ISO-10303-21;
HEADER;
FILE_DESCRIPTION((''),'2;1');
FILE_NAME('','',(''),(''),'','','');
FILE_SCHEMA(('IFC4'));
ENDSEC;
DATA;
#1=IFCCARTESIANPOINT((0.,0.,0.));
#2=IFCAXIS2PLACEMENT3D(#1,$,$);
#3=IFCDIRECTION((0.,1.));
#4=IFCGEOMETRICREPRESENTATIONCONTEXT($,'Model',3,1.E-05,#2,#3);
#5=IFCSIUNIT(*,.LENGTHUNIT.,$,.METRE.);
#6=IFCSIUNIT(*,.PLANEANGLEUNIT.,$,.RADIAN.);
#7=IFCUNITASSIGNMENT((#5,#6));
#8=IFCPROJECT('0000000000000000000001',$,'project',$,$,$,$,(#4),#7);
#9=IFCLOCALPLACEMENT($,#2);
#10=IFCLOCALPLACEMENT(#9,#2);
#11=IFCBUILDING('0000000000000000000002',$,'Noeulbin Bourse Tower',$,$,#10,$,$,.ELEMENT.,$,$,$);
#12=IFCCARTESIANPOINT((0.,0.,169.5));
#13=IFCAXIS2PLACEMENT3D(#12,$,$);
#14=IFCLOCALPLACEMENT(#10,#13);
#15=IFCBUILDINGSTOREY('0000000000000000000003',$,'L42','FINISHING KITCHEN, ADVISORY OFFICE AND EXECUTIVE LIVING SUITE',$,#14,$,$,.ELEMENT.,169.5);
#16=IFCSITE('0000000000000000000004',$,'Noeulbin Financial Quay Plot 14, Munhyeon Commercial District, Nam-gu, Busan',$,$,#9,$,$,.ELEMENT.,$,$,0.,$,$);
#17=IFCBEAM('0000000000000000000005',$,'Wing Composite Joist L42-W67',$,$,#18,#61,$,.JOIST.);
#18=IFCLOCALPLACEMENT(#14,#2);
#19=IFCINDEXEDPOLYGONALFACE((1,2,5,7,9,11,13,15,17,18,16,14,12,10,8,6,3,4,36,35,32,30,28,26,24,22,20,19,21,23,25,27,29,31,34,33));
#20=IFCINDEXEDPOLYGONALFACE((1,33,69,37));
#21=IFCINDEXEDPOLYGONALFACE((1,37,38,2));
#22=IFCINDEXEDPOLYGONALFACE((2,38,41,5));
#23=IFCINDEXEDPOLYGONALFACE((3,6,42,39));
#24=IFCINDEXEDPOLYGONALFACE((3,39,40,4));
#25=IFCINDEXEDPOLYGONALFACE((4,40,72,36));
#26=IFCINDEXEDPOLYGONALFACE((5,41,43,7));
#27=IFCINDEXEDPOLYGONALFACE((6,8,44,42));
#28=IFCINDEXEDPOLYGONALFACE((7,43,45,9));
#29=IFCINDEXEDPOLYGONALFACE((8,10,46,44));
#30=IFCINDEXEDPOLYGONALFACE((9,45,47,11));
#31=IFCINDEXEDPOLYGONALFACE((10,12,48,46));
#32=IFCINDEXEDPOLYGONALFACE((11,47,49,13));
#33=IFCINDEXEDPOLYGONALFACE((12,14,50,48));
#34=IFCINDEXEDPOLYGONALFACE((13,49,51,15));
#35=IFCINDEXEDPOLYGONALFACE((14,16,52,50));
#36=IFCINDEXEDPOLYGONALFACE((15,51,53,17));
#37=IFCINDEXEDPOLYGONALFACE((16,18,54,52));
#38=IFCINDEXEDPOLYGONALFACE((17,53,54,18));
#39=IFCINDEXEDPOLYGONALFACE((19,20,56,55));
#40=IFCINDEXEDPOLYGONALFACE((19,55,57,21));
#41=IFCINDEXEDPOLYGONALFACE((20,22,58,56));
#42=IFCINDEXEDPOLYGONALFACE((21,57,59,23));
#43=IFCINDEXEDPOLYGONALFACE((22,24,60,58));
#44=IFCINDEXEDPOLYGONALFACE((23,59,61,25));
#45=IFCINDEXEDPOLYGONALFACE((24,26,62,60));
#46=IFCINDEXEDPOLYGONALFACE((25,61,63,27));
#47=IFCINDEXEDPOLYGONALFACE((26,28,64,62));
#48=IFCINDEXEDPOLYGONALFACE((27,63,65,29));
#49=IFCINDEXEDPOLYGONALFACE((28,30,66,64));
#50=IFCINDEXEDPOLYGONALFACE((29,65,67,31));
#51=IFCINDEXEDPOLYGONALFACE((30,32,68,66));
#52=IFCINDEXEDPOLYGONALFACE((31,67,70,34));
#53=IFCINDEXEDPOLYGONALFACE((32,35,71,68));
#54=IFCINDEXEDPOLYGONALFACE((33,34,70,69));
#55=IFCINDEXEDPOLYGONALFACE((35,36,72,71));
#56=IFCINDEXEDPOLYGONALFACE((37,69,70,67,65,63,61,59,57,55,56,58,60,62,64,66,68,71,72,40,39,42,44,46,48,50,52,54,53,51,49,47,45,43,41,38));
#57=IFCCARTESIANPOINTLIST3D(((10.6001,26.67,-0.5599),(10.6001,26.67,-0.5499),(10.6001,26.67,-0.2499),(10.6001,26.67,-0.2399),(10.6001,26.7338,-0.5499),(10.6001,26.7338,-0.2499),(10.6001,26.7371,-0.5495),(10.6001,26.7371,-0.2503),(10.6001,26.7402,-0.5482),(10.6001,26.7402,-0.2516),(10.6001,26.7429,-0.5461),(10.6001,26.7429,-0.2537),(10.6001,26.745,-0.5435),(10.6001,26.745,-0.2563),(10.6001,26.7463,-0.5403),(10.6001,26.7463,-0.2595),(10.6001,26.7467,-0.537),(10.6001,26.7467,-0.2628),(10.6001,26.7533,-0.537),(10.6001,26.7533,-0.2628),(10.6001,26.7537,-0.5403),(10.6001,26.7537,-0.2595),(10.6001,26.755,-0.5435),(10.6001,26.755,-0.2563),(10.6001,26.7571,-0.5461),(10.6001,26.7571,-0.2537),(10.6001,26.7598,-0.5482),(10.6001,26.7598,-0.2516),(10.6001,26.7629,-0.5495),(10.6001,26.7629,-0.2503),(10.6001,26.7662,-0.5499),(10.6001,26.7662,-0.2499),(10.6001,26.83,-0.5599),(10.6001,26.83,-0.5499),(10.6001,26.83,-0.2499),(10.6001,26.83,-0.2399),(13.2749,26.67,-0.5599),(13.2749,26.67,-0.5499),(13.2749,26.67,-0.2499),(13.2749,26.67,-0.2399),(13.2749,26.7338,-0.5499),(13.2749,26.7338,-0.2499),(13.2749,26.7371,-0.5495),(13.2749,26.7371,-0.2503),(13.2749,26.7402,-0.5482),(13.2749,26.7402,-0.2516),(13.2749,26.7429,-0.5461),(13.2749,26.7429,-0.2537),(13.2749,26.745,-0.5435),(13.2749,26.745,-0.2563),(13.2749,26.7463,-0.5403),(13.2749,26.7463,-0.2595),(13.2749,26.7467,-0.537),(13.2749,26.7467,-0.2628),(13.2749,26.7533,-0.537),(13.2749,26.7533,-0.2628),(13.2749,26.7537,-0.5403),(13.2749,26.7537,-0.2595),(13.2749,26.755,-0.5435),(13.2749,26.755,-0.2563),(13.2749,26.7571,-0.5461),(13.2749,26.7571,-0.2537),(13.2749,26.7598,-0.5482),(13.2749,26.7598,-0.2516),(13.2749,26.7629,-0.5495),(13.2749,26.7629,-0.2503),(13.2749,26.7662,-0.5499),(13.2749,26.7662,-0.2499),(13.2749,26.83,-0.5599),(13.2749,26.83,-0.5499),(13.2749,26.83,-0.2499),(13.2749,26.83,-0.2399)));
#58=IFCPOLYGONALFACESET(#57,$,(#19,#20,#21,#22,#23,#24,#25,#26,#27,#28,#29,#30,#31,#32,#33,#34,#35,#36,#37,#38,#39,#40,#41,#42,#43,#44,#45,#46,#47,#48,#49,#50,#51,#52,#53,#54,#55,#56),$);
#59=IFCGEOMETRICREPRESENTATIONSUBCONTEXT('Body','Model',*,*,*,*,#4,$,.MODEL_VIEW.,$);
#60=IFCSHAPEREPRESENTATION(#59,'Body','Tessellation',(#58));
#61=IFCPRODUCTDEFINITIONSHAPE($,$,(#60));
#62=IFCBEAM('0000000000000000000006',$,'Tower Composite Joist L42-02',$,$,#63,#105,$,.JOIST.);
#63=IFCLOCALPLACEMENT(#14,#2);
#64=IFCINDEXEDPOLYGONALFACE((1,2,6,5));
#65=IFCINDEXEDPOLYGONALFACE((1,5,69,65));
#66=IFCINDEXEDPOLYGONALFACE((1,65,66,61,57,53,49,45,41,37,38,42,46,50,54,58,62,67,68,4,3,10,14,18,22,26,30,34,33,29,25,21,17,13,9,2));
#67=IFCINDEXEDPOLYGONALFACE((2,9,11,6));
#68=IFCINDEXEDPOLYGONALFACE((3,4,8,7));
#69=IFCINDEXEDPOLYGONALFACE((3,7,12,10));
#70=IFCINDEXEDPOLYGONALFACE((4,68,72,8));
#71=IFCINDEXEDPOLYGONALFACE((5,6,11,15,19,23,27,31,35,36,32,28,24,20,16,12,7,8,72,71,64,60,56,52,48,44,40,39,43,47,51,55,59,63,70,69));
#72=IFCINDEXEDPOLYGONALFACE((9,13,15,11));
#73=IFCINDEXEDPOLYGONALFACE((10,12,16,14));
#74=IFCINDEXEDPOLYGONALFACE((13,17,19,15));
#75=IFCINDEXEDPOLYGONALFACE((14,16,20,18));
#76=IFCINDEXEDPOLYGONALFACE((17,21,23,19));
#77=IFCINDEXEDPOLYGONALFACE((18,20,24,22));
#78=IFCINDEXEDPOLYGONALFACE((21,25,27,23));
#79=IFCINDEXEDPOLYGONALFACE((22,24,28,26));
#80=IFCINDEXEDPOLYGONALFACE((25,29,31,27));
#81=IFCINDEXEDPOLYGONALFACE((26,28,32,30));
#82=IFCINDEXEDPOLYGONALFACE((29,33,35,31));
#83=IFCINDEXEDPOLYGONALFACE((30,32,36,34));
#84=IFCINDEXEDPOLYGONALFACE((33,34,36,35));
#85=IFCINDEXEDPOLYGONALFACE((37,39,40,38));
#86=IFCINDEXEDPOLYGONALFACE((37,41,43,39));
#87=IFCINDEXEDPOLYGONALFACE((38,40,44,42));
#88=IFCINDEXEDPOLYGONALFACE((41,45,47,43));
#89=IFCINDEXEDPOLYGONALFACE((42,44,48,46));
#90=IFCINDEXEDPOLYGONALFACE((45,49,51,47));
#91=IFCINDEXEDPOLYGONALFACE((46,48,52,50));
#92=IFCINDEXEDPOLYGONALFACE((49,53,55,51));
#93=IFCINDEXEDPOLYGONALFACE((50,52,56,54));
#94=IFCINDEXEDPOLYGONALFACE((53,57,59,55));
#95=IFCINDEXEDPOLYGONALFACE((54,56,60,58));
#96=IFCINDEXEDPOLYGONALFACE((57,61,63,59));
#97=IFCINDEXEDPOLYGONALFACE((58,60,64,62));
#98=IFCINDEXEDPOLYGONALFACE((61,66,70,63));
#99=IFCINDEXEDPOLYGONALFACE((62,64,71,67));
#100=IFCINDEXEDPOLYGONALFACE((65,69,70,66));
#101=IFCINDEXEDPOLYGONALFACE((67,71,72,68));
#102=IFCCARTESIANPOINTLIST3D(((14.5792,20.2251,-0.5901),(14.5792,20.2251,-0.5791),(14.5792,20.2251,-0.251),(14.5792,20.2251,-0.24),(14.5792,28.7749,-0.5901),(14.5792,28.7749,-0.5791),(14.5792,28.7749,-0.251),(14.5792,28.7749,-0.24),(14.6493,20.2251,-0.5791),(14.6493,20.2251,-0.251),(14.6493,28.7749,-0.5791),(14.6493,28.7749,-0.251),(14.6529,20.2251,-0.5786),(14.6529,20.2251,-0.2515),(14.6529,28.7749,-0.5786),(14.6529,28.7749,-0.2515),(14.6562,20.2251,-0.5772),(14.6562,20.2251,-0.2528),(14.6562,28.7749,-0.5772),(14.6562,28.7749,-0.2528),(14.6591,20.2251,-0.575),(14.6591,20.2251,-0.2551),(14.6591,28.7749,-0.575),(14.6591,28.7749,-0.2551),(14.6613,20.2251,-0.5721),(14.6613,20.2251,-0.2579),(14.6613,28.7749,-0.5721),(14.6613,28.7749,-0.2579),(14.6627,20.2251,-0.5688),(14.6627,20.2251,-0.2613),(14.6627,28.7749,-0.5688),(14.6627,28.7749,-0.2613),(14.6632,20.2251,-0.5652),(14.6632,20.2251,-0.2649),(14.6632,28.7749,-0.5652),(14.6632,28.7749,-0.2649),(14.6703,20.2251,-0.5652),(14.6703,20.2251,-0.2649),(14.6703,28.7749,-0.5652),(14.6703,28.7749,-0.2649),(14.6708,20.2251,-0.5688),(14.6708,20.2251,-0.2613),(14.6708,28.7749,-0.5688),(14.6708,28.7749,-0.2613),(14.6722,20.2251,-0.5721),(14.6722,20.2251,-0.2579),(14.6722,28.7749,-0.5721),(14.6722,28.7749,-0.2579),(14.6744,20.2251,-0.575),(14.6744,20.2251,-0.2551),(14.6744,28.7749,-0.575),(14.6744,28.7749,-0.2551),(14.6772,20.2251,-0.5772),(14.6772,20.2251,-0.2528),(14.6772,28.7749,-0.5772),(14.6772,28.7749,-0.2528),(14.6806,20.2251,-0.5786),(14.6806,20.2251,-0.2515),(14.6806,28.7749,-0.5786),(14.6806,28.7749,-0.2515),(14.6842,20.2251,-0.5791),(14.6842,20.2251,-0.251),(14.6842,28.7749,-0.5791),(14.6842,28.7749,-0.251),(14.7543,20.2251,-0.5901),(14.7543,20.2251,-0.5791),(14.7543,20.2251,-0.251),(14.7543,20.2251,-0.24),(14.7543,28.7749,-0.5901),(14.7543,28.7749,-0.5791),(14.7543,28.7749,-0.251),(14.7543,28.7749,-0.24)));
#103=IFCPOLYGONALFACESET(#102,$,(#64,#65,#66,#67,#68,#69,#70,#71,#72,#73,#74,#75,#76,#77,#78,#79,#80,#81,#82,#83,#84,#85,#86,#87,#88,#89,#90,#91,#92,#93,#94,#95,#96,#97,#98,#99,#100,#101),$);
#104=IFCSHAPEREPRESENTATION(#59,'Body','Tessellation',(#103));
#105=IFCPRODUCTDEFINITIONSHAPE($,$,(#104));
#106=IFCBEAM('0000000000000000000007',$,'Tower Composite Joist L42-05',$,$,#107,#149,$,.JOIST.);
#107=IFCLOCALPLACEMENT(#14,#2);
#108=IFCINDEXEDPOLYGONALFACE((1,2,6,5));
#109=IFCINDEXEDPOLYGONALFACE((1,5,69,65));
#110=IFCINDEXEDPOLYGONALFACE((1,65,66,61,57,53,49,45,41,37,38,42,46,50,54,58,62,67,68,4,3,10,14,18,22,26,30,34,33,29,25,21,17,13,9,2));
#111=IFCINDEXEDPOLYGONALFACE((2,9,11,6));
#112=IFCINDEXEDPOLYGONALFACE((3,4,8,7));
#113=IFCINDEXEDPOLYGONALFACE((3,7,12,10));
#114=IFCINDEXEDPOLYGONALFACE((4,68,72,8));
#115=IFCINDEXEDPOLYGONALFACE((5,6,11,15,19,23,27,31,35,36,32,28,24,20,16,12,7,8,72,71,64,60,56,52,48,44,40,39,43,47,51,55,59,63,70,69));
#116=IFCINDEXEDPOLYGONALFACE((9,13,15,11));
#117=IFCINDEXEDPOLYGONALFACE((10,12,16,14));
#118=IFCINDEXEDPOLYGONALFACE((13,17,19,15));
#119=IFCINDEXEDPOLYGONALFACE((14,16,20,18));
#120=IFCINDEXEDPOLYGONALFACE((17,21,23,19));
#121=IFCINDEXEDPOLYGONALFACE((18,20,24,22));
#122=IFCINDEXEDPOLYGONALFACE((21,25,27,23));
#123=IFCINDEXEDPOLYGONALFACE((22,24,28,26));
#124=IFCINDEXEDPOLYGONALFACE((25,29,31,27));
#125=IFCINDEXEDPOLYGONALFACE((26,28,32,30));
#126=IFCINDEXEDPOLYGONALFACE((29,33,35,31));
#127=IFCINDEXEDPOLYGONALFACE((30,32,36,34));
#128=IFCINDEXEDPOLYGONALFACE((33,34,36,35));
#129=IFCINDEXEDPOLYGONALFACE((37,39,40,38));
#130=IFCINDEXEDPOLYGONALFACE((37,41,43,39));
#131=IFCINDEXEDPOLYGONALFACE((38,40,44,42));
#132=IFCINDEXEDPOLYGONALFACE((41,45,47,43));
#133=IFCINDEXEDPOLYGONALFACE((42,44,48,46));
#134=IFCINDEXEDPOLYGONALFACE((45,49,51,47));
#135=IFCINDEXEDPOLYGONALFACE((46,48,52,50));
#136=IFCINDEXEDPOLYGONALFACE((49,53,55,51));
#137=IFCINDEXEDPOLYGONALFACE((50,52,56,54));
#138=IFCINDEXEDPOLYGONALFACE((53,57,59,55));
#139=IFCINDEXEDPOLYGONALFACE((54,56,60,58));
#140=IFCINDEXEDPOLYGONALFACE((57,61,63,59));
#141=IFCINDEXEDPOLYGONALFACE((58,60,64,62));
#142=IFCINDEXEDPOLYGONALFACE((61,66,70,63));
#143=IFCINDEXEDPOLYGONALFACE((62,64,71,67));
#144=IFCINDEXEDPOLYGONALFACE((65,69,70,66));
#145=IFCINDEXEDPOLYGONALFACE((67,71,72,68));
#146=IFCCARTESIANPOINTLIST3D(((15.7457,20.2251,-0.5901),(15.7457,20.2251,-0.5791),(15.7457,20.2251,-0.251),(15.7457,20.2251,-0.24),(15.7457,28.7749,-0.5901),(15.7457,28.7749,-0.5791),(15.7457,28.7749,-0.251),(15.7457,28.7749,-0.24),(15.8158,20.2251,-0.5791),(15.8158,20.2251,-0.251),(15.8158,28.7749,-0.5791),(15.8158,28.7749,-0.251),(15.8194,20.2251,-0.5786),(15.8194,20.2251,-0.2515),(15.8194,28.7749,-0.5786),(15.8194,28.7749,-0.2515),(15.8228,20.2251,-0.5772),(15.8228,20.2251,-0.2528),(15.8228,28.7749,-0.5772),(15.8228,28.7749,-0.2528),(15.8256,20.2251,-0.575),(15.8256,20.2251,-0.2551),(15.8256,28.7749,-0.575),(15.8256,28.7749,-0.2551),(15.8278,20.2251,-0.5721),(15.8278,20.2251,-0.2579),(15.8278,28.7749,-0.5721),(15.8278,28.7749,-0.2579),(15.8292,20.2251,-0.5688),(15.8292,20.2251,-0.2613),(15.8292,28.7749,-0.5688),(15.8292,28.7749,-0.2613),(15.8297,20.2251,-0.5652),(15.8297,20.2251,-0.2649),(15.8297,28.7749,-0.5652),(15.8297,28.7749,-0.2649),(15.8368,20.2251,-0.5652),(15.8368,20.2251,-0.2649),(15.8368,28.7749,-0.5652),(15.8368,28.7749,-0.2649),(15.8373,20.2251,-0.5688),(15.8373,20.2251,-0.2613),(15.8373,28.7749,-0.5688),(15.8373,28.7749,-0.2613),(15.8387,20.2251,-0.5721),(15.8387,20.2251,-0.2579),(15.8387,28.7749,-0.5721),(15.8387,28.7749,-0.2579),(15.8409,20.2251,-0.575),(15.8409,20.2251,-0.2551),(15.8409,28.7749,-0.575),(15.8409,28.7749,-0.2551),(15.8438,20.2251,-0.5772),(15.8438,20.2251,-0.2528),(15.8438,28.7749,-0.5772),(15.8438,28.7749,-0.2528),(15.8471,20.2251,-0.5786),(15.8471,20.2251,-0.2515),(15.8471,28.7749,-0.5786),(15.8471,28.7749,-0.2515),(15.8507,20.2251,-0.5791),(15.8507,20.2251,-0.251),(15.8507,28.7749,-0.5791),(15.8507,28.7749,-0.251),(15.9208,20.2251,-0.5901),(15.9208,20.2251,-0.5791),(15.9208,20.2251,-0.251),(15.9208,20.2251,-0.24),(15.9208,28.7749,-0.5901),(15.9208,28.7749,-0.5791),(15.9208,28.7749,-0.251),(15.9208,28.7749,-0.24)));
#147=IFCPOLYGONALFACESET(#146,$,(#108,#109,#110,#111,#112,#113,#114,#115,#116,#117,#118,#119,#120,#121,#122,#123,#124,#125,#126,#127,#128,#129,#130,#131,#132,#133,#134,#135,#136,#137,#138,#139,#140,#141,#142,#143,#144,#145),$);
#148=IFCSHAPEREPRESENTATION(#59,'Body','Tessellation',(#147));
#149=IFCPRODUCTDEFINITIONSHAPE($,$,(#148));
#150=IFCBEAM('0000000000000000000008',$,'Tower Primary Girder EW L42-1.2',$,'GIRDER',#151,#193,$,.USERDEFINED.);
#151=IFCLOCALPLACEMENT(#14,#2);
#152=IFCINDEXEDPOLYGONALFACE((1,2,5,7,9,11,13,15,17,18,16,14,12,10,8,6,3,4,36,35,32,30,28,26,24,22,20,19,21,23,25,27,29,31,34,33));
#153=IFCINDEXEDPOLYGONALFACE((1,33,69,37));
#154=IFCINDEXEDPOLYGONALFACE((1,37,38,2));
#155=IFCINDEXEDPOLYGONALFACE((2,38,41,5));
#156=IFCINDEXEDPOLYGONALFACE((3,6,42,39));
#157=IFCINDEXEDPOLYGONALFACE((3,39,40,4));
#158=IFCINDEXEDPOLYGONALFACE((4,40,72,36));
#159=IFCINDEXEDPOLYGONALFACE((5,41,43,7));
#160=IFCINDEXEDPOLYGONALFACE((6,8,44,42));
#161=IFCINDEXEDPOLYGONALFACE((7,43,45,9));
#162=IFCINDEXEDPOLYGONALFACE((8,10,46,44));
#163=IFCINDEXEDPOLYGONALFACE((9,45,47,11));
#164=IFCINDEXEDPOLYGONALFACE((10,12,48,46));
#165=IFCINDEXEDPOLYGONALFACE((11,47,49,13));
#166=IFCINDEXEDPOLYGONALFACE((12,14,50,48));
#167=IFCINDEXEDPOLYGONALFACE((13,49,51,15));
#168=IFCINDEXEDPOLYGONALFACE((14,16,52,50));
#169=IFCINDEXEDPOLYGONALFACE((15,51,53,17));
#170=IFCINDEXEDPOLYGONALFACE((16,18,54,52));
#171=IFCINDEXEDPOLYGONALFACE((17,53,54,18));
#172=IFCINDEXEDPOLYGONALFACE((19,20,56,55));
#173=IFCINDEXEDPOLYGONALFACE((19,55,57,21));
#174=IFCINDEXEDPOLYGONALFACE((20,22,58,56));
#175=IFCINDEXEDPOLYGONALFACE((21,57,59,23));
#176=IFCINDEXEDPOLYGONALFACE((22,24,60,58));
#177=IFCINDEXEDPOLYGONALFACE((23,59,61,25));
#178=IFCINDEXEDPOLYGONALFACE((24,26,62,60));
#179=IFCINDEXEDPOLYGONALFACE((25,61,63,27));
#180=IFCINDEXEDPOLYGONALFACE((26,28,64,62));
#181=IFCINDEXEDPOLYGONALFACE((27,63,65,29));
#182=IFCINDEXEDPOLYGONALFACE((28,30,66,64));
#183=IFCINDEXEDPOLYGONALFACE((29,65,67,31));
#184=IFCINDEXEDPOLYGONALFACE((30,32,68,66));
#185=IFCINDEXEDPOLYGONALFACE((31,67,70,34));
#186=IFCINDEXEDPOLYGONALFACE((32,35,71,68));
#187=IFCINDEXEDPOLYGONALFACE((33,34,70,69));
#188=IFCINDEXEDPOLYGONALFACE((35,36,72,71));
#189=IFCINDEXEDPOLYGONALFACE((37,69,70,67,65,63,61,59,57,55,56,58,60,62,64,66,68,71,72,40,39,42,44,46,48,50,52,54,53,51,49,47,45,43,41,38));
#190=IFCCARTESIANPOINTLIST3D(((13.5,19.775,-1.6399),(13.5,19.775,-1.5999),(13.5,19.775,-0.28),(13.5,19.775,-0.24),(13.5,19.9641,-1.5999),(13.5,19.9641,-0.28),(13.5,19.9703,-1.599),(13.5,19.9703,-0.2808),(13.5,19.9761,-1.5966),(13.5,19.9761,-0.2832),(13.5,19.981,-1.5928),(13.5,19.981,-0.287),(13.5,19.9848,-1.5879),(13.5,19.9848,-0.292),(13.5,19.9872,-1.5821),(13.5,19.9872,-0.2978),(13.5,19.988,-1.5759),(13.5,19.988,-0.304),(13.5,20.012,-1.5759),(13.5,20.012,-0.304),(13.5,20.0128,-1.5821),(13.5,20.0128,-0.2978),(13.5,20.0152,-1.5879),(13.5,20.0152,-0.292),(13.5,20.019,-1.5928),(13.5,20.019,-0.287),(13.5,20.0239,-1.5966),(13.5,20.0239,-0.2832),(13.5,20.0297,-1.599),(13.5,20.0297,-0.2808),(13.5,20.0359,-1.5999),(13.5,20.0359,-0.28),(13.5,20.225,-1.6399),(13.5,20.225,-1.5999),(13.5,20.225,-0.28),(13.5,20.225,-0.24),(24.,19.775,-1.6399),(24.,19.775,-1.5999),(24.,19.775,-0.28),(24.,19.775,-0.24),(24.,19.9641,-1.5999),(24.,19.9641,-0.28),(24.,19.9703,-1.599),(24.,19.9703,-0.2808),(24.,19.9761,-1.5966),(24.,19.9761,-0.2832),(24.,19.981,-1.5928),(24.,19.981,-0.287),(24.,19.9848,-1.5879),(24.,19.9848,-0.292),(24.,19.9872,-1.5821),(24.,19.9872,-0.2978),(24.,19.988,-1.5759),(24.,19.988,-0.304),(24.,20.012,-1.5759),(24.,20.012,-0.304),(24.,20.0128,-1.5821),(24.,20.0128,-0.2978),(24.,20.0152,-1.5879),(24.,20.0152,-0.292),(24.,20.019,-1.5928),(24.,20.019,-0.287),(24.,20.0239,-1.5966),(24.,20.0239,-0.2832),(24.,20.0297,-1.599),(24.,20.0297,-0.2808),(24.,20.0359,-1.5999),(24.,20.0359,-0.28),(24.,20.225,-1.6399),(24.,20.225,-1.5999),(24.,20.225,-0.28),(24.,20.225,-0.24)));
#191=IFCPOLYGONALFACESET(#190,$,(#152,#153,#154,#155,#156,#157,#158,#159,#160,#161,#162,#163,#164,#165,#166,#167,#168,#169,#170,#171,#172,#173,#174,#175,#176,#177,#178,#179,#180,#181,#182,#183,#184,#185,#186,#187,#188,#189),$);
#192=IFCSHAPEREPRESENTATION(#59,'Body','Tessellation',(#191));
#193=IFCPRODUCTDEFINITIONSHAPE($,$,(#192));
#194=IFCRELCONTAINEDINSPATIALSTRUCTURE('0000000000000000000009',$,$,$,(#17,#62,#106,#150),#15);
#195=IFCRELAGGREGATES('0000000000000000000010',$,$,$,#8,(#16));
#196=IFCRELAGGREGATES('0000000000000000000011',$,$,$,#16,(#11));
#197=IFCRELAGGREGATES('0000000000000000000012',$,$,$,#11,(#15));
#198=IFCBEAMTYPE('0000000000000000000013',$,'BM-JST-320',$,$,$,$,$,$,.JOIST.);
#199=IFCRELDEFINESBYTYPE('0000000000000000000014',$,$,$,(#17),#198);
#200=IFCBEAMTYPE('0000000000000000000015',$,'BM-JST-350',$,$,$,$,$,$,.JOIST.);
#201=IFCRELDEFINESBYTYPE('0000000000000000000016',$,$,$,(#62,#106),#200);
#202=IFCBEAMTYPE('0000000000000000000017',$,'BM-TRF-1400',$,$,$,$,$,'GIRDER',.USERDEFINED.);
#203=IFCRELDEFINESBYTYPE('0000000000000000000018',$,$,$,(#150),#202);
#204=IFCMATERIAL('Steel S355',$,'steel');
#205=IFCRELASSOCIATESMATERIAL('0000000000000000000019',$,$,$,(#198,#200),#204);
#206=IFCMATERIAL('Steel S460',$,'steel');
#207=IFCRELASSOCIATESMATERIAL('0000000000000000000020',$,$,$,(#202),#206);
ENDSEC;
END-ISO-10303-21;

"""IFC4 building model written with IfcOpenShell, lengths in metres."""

from ifc_helpers import new_model, si_unit, direction, frame, origin, origin_2d, place, context, subcontext, project, spatial, i_section, extrude, material, material_profile, profile_set, type_object, element, save


model = new_model("IFC4")

# Units and contexts
model_context = context("Model", 3, precision=1e-05, world=origin(), true_north=direction((0.0, 1.0)))
body_context = subcontext(model_context, "Body", "Model", "MODEL_VIEW")
ifc_project = project(units=[si_unit("LENGTHUNIT", "METRE"), si_unit("PLANEANGLEUNIT", "RADIAN")], contexts=[model_context])

# Site, building, storey
site_placement = place(None, origin())
site = spatial("IfcSite", under=ifc_project, at=site_placement, Name="Noeulbin Financial Quay Plot 14, Munhyeon Commercial District, Nam-gu, Busan", CompositionType="ELEMENT", RefElevation=0.0)
building_placement = place(site_placement, origin())
building = spatial("IfcBuilding", under=site, at=building_placement, Name="Noeulbin Bourse Tower", CompositionType="ELEMENT")
storey_placement = place(building_placement, frame((0.0, 0.0, 169.5)))
storey = spatial("IfcBuildingStorey", under=building, at=storey_placement, Name="L42", Description="FINISHING KITCHEN, ADVISORY OFFICE AND EXECUTIVE LIVING SUITE", CompositionType="ELEMENT", Elevation=169.5)

# Shared definitions
ifc_material_1 = material(Name="Steel S460", Category="steel")

# Beams
ifc_material_2 = material(Name="Steel S355", Category="steel")
ifc_material_profile_1 = material_profile(ifc_material_2, i_section(OverallWidth=0.1599, OverallDepth=0.3201, WebThickness=0.0066, FlangeThickness=0.01, FilletRadius=0.0129, at=origin_2d()), Name="H-320x160x6.5x10", Category="LoadBearing")
ifc_profile_set_1 = profile_set([ifc_material_profile_1], Name="Steel S355")
beam_type_1 = type_object("IfcBeamType", Name="BM-JST-320", PredefinedType="JOIST", material=ifc_profile_set_1)
for number, where, z_axis, x_axis, name in (
    (1, (10.6001, 26.75, -0.3999), (1.0, 0.0, 0.0), (0.0, 1.0, 0.0), "Wing Composite Joist L42-W67"),
):
    element("IfcBeam", number, at=place(storey_placement, frame(where, z_axis=z_axis, x_axis=x_axis)), inside=storey, type_object=beam_type_1, Name=name, PredefinedType="JOIST", context=body_context, shape_type="SweptSolid", body=[
        extrude(i_section(OverallWidth=0.1599, OverallDepth=0.3201, WebThickness=0.0066, FlangeThickness=0.01, FilletRadius=0.0129, at=origin_2d()), origin(), (0.0, 0.0, 1.0), 2.6748),
    ])
ifc_material_profile_2 = material_profile(ifc_material_2, i_section(OverallWidth=0.175, OverallDepth=0.3501, WebThickness=0.0071, FlangeThickness=0.011, FilletRadius=0.0139, at=origin_2d()), Name="H-350x175x7x11", Category="LoadBearing")
ifc_profile_set_2 = profile_set([ifc_material_profile_2], Name="Steel S355")
beam_type_2 = type_object("IfcBeamType", Name="BM-JST-350", PredefinedType="JOIST", material=ifc_profile_set_2)
for number, where, z_axis, x_axis, name in (
    (2, (14.6667, 20.2251, -0.415), (0.0, 1.0, 0.0), (-1.0, 0.0, 0.0), "Tower Composite Joist L42-02"),
    (3, (15.8333, 20.2251, -0.415), (0.0, 1.0, 0.0), (-1.0, 0.0, 0.0), "Tower Composite Joist L42-05"),
):
    element("IfcBeam", number, at=place(storey_placement, frame(where, z_axis=z_axis, x_axis=x_axis)), inside=storey, type_object=beam_type_2, Name=name, PredefinedType="JOIST", context=body_context, shape_type="SweptSolid", body=[
        extrude(i_section(OverallWidth=0.175, OverallDepth=0.3501, WebThickness=0.0071, FlangeThickness=0.011, FilletRadius=0.0139, at=origin_2d()), origin(), (0.0, 0.0, 1.0), 8.5498),
    ])
ifc_material_profile_3 = material_profile(ifc_material_1, i_section(OverallWidth=0.45, OverallDepth=1.3999, WebThickness=0.0239, FlangeThickness=0.04, FilletRadius=0.0239, at=origin_2d()), Name="PG-1400x450x24x40", Category="LoadBearing")
ifc_profile_set_3 = profile_set([ifc_material_profile_3], Name="Steel S460")
beam_type_3 = type_object("IfcBeamType", Name="BM-TRF-1400", ElementType="GIRDER", PredefinedType="USERDEFINED", material=ifc_profile_set_3)
for number, where, z_axis, x_axis, name in (
    (4, (13.5, 20.0, -0.9399), (1.0, 0.0, 0.0), (0.0, 1.0, 0.0), "Tower Primary Girder EW L42-1.2"),
):
    element("IfcBeam", number, at=place(storey_placement, frame(where, z_axis=z_axis, x_axis=x_axis)), inside=storey, type_object=beam_type_3, Name=name, ObjectType="GIRDER", PredefinedType="USERDEFINED", context=body_context, shape_type="SweptSolid", body=[
        extrude(i_section(OverallWidth=0.45, OverallDepth=1.3999, WebThickness=0.0239, FlangeThickness=0.04, FilletRadius=0.0239, at=origin_2d()), origin(), (0.0, 0.0, 1.0), 10.5),
    ])

save(model, "model.ifc")
